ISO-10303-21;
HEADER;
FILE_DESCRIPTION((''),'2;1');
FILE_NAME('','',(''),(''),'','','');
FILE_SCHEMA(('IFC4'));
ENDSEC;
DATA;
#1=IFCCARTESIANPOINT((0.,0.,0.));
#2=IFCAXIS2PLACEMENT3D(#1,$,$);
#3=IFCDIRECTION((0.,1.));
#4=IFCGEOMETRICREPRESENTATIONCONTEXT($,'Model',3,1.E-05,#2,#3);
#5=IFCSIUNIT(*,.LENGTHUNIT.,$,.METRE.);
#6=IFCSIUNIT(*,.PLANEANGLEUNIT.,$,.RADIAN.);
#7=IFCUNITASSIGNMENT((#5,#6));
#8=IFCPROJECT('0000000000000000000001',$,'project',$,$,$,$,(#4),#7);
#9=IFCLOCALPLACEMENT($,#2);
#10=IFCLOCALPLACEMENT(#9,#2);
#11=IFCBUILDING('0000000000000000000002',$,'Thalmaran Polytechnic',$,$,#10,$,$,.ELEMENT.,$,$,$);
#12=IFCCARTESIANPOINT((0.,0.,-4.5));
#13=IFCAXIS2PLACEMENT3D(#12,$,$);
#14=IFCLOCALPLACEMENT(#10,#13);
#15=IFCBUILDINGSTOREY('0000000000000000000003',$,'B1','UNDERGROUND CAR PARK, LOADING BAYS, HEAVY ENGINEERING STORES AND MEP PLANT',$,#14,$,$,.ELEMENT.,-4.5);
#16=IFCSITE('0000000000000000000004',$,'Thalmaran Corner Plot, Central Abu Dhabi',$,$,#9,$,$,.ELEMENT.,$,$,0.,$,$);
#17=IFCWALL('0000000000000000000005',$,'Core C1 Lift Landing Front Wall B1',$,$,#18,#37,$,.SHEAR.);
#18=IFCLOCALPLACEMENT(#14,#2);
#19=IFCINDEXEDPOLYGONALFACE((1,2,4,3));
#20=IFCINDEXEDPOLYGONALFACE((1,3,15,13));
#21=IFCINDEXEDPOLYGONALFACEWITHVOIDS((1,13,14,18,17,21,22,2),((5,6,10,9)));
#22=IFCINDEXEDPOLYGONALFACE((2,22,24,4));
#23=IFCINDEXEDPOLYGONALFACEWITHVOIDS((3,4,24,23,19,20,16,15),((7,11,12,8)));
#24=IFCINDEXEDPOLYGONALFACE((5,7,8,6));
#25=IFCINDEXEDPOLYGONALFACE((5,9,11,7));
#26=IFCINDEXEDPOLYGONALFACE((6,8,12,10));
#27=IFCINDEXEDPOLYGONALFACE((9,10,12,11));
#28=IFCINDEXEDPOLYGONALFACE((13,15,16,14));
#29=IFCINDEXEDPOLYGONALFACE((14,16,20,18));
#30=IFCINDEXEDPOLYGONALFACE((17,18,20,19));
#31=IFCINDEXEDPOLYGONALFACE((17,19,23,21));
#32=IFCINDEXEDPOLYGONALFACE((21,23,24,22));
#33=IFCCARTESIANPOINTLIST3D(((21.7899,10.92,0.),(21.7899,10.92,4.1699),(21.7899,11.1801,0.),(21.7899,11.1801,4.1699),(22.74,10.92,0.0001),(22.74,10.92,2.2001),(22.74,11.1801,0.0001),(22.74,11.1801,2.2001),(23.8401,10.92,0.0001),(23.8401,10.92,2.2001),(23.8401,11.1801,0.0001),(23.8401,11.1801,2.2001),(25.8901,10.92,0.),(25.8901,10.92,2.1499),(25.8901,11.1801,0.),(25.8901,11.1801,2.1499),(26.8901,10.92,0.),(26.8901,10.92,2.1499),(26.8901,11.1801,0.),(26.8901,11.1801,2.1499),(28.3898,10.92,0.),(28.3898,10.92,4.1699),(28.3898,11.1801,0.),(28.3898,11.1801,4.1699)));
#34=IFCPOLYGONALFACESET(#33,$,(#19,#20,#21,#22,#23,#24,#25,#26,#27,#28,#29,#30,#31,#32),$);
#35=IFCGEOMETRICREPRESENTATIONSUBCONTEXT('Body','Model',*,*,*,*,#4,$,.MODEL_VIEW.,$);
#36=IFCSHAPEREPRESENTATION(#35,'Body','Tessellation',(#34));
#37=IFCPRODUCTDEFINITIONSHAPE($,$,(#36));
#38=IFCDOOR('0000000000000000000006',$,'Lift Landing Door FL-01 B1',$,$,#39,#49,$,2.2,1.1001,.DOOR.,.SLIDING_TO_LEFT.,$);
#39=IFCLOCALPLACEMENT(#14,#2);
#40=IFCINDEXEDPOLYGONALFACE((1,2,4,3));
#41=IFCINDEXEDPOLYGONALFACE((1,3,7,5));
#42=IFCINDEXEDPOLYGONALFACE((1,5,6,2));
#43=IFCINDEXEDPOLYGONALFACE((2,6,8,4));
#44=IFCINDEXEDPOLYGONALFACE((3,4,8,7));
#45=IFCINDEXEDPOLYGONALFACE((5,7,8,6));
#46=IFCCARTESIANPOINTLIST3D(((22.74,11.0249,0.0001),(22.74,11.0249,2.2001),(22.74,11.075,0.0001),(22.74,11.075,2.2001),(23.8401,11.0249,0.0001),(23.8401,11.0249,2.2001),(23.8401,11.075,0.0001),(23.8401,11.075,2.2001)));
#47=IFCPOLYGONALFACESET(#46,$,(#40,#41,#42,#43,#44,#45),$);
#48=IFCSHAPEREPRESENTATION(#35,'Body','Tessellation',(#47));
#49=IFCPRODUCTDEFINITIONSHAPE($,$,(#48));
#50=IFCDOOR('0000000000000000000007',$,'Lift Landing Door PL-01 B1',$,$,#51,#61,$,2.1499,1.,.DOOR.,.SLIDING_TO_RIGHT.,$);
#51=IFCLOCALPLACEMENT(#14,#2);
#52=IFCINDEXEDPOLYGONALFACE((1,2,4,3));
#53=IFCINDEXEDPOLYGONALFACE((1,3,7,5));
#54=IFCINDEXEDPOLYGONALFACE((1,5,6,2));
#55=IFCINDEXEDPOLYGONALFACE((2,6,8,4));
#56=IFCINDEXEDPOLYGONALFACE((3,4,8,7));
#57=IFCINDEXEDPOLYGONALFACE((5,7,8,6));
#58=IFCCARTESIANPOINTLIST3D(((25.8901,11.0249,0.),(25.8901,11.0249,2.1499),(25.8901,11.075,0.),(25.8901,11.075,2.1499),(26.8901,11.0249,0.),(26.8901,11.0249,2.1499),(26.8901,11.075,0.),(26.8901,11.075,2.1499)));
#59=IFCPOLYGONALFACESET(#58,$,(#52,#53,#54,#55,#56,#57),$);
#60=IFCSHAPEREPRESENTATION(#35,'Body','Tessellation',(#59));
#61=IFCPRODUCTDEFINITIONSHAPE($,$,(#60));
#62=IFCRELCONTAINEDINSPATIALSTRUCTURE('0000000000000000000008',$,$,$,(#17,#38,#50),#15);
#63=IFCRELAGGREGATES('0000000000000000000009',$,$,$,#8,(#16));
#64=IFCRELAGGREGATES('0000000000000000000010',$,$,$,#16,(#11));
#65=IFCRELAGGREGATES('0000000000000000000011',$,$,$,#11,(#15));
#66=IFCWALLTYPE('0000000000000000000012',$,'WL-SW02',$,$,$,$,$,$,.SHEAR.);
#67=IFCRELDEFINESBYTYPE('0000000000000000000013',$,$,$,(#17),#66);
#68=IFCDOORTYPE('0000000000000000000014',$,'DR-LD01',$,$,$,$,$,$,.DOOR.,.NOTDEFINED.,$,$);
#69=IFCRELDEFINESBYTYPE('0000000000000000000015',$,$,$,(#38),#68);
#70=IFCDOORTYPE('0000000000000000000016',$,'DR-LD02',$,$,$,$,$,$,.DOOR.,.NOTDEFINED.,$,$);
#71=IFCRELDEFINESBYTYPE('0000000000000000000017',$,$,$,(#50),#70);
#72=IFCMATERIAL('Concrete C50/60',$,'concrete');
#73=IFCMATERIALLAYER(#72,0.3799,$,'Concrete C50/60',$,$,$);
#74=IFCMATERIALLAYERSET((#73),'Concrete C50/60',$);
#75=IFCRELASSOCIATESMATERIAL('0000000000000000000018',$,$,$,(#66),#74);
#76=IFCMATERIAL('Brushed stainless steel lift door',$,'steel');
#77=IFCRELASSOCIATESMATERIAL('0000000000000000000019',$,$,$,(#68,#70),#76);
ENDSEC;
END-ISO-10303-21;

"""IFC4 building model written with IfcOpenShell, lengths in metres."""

from ifc_helpers import new_model, si_unit, direction, frame, frame_2d, origin, place, context, subcontext, project, spatial, rectangle, extrude, material, layer, layer_set, type_object, element, fill, save


model = new_model("IFC4")

# Units and contexts
model_context = context("Model", 3, precision=1e-05, world=origin(), true_north=direction((0.0, 1.0)))
body_context = subcontext(model_context, "Body", "Model", "MODEL_VIEW")
ifc_project = project(units=[si_unit("LENGTHUNIT", "METRE"), si_unit("PLANEANGLEUNIT", "RADIAN")], contexts=[model_context])

# Site, building, storey
site_placement = place(None, origin())
site = spatial("IfcSite", under=ifc_project, at=site_placement, Name="Thalmaran Corner Plot, Central Abu Dhabi", CompositionType="ELEMENT", RefElevation=0.0)
building_placement = place(site_placement, origin())
building = spatial("IfcBuilding", under=site, at=building_placement, Name="Thalmaran Polytechnic", CompositionType="ELEMENT")
storey_placement = place(building_placement, frame((0.0, 0.0, -4.5)))
storey = spatial("IfcBuildingStorey", under=building, at=storey_placement, Name="B1", Description="UNDERGROUND CAR PARK, LOADING BAYS, HEAVY ENGINEERING STORES AND MEP PLANT", CompositionType="ELEMENT", Elevation=-4.5)

# Shared definitions
ifc_material_1 = material(Name="Concrete C50/60", Category="concrete")

# Shared definitions
ifc_layer_1 = layer(ifc_material_1, 0.3799, Name="Concrete C50/60")
ifc_layer_set_1 = layer_set([ifc_layer_1], Name="Concrete C50/60")
wall_type_1 = type_object("IfcWallType", Name="WL-SW02", PredefinedType="SHEAR", material=ifc_layer_set_1)

# Wall, openings, doors
wall_1_placement = place(storey_placement, frame((21.79, 11.05, 0.0), z_axis=(0.0, 0.0, 1.0), x_axis=(1.0, 0.0, 0.0)))
wall_1 = element("IfcWall", 1, at=wall_1_placement, inside=storey, type_object=wall_type_1, Name="Core C1 Lift Landing Front Wall B1", PredefinedType="SHEAR", context=body_context, shape_type="SweptSolid", body=[
    extrude(rectangle(XDim=6.5999, YDim=0.26, at=frame_2d((3.2998, 0.0))), origin(), (0.0, 0.0, 1.0), 4.1699),
])
opening_1_placement = place(wall_1_placement, frame((0.95, 0.0, 0.0)))
opening_1 = element("IfcOpeningElement", 2, at=opening_1_placement, cuts=wall_1, PredefinedType="OPENING", context=body_context, shape_type="SweptSolid", body=[
    extrude(rectangle(XDim=1.1001, YDim=2.2, at=frame_2d((0.55, 1.1001))), frame((0.0, 0.1399, 0.0), z_axis=(0.0, -1.0, 0.0), x_axis=(1.0, 0.0, 0.0)), (0.0, 0.0, 1.0), 0.28),
])
opening_2_placement = place(wall_1_placement, frame((4.1001, 0.0, 0.0)))
opening_2 = element("IfcOpeningElement", 3, at=opening_2_placement, cuts=wall_1, PredefinedType="OPENING", context=body_context, shape_type="SweptSolid", body=[
    extrude(rectangle(XDim=1.0, YDim=2.1499, at=frame_2d((0.5, 1.075))), frame((0.0, 0.1399, 0.0), z_axis=(0.0, -1.0, 0.0), x_axis=(1.0, 0.0, 0.0)), (0.0, 0.0, 1.0), 0.28),
])
ifc_material_2 = material(Name="Brushed stainless steel lift door", Category="steel")
door_type_1 = type_object("IfcDoorType", Name="DR-LD01", OperationType="NOTDEFINED", PredefinedType="DOOR", material=ifc_material_2)
door_1_placement = place(opening_1_placement, origin())
door_1 = element("IfcDoor", 4, at=door_1_placement, inside=storey, type_object=door_type_1, Name="Lift Landing Door FL-01 B1", OperationType="SLIDING_TO_LEFT", OverallHeight=2.2, OverallWidth=1.1001, PredefinedType="DOOR", context=body_context, shape_type="SweptSolid", body=[
    extrude(rectangle(XDim=1.1001, YDim=2.2, at=frame_2d((0.55, 1.1001))), frame((0.0, 0.0249, 0.0), z_axis=(0.0, -1.0, 0.0), x_axis=(1.0, 0.0, 0.0)), (0.0, 0.0, 1.0), 0.05),
])
fill(opening_1, door_1)
door_type_2 = type_object("IfcDoorType", Name="DR-LD02", OperationType="NOTDEFINED", PredefinedType="DOOR", material=ifc_material_2)
door_2_placement = place(opening_2_placement, origin())
door_2 = element("IfcDoor", 5, at=door_2_placement, inside=storey, type_object=door_type_2, Name="Lift Landing Door PL-01 B1", OperationType="SLIDING_TO_RIGHT", OverallHeight=2.1499, OverallWidth=1.0, PredefinedType="DOOR", context=body_context, shape_type="SweptSolid", body=[
    extrude(rectangle(XDim=1.0, YDim=2.1499, at=frame_2d((0.5, 1.075))), frame((0.0, 0.0249, 0.0), z_axis=(0.0, -1.0, 0.0), x_axis=(1.0, 0.0, 0.0)), (0.0, 0.0, 1.0), 0.05),
])
fill(opening_2, door_2)

save(model, "model.ifc")
